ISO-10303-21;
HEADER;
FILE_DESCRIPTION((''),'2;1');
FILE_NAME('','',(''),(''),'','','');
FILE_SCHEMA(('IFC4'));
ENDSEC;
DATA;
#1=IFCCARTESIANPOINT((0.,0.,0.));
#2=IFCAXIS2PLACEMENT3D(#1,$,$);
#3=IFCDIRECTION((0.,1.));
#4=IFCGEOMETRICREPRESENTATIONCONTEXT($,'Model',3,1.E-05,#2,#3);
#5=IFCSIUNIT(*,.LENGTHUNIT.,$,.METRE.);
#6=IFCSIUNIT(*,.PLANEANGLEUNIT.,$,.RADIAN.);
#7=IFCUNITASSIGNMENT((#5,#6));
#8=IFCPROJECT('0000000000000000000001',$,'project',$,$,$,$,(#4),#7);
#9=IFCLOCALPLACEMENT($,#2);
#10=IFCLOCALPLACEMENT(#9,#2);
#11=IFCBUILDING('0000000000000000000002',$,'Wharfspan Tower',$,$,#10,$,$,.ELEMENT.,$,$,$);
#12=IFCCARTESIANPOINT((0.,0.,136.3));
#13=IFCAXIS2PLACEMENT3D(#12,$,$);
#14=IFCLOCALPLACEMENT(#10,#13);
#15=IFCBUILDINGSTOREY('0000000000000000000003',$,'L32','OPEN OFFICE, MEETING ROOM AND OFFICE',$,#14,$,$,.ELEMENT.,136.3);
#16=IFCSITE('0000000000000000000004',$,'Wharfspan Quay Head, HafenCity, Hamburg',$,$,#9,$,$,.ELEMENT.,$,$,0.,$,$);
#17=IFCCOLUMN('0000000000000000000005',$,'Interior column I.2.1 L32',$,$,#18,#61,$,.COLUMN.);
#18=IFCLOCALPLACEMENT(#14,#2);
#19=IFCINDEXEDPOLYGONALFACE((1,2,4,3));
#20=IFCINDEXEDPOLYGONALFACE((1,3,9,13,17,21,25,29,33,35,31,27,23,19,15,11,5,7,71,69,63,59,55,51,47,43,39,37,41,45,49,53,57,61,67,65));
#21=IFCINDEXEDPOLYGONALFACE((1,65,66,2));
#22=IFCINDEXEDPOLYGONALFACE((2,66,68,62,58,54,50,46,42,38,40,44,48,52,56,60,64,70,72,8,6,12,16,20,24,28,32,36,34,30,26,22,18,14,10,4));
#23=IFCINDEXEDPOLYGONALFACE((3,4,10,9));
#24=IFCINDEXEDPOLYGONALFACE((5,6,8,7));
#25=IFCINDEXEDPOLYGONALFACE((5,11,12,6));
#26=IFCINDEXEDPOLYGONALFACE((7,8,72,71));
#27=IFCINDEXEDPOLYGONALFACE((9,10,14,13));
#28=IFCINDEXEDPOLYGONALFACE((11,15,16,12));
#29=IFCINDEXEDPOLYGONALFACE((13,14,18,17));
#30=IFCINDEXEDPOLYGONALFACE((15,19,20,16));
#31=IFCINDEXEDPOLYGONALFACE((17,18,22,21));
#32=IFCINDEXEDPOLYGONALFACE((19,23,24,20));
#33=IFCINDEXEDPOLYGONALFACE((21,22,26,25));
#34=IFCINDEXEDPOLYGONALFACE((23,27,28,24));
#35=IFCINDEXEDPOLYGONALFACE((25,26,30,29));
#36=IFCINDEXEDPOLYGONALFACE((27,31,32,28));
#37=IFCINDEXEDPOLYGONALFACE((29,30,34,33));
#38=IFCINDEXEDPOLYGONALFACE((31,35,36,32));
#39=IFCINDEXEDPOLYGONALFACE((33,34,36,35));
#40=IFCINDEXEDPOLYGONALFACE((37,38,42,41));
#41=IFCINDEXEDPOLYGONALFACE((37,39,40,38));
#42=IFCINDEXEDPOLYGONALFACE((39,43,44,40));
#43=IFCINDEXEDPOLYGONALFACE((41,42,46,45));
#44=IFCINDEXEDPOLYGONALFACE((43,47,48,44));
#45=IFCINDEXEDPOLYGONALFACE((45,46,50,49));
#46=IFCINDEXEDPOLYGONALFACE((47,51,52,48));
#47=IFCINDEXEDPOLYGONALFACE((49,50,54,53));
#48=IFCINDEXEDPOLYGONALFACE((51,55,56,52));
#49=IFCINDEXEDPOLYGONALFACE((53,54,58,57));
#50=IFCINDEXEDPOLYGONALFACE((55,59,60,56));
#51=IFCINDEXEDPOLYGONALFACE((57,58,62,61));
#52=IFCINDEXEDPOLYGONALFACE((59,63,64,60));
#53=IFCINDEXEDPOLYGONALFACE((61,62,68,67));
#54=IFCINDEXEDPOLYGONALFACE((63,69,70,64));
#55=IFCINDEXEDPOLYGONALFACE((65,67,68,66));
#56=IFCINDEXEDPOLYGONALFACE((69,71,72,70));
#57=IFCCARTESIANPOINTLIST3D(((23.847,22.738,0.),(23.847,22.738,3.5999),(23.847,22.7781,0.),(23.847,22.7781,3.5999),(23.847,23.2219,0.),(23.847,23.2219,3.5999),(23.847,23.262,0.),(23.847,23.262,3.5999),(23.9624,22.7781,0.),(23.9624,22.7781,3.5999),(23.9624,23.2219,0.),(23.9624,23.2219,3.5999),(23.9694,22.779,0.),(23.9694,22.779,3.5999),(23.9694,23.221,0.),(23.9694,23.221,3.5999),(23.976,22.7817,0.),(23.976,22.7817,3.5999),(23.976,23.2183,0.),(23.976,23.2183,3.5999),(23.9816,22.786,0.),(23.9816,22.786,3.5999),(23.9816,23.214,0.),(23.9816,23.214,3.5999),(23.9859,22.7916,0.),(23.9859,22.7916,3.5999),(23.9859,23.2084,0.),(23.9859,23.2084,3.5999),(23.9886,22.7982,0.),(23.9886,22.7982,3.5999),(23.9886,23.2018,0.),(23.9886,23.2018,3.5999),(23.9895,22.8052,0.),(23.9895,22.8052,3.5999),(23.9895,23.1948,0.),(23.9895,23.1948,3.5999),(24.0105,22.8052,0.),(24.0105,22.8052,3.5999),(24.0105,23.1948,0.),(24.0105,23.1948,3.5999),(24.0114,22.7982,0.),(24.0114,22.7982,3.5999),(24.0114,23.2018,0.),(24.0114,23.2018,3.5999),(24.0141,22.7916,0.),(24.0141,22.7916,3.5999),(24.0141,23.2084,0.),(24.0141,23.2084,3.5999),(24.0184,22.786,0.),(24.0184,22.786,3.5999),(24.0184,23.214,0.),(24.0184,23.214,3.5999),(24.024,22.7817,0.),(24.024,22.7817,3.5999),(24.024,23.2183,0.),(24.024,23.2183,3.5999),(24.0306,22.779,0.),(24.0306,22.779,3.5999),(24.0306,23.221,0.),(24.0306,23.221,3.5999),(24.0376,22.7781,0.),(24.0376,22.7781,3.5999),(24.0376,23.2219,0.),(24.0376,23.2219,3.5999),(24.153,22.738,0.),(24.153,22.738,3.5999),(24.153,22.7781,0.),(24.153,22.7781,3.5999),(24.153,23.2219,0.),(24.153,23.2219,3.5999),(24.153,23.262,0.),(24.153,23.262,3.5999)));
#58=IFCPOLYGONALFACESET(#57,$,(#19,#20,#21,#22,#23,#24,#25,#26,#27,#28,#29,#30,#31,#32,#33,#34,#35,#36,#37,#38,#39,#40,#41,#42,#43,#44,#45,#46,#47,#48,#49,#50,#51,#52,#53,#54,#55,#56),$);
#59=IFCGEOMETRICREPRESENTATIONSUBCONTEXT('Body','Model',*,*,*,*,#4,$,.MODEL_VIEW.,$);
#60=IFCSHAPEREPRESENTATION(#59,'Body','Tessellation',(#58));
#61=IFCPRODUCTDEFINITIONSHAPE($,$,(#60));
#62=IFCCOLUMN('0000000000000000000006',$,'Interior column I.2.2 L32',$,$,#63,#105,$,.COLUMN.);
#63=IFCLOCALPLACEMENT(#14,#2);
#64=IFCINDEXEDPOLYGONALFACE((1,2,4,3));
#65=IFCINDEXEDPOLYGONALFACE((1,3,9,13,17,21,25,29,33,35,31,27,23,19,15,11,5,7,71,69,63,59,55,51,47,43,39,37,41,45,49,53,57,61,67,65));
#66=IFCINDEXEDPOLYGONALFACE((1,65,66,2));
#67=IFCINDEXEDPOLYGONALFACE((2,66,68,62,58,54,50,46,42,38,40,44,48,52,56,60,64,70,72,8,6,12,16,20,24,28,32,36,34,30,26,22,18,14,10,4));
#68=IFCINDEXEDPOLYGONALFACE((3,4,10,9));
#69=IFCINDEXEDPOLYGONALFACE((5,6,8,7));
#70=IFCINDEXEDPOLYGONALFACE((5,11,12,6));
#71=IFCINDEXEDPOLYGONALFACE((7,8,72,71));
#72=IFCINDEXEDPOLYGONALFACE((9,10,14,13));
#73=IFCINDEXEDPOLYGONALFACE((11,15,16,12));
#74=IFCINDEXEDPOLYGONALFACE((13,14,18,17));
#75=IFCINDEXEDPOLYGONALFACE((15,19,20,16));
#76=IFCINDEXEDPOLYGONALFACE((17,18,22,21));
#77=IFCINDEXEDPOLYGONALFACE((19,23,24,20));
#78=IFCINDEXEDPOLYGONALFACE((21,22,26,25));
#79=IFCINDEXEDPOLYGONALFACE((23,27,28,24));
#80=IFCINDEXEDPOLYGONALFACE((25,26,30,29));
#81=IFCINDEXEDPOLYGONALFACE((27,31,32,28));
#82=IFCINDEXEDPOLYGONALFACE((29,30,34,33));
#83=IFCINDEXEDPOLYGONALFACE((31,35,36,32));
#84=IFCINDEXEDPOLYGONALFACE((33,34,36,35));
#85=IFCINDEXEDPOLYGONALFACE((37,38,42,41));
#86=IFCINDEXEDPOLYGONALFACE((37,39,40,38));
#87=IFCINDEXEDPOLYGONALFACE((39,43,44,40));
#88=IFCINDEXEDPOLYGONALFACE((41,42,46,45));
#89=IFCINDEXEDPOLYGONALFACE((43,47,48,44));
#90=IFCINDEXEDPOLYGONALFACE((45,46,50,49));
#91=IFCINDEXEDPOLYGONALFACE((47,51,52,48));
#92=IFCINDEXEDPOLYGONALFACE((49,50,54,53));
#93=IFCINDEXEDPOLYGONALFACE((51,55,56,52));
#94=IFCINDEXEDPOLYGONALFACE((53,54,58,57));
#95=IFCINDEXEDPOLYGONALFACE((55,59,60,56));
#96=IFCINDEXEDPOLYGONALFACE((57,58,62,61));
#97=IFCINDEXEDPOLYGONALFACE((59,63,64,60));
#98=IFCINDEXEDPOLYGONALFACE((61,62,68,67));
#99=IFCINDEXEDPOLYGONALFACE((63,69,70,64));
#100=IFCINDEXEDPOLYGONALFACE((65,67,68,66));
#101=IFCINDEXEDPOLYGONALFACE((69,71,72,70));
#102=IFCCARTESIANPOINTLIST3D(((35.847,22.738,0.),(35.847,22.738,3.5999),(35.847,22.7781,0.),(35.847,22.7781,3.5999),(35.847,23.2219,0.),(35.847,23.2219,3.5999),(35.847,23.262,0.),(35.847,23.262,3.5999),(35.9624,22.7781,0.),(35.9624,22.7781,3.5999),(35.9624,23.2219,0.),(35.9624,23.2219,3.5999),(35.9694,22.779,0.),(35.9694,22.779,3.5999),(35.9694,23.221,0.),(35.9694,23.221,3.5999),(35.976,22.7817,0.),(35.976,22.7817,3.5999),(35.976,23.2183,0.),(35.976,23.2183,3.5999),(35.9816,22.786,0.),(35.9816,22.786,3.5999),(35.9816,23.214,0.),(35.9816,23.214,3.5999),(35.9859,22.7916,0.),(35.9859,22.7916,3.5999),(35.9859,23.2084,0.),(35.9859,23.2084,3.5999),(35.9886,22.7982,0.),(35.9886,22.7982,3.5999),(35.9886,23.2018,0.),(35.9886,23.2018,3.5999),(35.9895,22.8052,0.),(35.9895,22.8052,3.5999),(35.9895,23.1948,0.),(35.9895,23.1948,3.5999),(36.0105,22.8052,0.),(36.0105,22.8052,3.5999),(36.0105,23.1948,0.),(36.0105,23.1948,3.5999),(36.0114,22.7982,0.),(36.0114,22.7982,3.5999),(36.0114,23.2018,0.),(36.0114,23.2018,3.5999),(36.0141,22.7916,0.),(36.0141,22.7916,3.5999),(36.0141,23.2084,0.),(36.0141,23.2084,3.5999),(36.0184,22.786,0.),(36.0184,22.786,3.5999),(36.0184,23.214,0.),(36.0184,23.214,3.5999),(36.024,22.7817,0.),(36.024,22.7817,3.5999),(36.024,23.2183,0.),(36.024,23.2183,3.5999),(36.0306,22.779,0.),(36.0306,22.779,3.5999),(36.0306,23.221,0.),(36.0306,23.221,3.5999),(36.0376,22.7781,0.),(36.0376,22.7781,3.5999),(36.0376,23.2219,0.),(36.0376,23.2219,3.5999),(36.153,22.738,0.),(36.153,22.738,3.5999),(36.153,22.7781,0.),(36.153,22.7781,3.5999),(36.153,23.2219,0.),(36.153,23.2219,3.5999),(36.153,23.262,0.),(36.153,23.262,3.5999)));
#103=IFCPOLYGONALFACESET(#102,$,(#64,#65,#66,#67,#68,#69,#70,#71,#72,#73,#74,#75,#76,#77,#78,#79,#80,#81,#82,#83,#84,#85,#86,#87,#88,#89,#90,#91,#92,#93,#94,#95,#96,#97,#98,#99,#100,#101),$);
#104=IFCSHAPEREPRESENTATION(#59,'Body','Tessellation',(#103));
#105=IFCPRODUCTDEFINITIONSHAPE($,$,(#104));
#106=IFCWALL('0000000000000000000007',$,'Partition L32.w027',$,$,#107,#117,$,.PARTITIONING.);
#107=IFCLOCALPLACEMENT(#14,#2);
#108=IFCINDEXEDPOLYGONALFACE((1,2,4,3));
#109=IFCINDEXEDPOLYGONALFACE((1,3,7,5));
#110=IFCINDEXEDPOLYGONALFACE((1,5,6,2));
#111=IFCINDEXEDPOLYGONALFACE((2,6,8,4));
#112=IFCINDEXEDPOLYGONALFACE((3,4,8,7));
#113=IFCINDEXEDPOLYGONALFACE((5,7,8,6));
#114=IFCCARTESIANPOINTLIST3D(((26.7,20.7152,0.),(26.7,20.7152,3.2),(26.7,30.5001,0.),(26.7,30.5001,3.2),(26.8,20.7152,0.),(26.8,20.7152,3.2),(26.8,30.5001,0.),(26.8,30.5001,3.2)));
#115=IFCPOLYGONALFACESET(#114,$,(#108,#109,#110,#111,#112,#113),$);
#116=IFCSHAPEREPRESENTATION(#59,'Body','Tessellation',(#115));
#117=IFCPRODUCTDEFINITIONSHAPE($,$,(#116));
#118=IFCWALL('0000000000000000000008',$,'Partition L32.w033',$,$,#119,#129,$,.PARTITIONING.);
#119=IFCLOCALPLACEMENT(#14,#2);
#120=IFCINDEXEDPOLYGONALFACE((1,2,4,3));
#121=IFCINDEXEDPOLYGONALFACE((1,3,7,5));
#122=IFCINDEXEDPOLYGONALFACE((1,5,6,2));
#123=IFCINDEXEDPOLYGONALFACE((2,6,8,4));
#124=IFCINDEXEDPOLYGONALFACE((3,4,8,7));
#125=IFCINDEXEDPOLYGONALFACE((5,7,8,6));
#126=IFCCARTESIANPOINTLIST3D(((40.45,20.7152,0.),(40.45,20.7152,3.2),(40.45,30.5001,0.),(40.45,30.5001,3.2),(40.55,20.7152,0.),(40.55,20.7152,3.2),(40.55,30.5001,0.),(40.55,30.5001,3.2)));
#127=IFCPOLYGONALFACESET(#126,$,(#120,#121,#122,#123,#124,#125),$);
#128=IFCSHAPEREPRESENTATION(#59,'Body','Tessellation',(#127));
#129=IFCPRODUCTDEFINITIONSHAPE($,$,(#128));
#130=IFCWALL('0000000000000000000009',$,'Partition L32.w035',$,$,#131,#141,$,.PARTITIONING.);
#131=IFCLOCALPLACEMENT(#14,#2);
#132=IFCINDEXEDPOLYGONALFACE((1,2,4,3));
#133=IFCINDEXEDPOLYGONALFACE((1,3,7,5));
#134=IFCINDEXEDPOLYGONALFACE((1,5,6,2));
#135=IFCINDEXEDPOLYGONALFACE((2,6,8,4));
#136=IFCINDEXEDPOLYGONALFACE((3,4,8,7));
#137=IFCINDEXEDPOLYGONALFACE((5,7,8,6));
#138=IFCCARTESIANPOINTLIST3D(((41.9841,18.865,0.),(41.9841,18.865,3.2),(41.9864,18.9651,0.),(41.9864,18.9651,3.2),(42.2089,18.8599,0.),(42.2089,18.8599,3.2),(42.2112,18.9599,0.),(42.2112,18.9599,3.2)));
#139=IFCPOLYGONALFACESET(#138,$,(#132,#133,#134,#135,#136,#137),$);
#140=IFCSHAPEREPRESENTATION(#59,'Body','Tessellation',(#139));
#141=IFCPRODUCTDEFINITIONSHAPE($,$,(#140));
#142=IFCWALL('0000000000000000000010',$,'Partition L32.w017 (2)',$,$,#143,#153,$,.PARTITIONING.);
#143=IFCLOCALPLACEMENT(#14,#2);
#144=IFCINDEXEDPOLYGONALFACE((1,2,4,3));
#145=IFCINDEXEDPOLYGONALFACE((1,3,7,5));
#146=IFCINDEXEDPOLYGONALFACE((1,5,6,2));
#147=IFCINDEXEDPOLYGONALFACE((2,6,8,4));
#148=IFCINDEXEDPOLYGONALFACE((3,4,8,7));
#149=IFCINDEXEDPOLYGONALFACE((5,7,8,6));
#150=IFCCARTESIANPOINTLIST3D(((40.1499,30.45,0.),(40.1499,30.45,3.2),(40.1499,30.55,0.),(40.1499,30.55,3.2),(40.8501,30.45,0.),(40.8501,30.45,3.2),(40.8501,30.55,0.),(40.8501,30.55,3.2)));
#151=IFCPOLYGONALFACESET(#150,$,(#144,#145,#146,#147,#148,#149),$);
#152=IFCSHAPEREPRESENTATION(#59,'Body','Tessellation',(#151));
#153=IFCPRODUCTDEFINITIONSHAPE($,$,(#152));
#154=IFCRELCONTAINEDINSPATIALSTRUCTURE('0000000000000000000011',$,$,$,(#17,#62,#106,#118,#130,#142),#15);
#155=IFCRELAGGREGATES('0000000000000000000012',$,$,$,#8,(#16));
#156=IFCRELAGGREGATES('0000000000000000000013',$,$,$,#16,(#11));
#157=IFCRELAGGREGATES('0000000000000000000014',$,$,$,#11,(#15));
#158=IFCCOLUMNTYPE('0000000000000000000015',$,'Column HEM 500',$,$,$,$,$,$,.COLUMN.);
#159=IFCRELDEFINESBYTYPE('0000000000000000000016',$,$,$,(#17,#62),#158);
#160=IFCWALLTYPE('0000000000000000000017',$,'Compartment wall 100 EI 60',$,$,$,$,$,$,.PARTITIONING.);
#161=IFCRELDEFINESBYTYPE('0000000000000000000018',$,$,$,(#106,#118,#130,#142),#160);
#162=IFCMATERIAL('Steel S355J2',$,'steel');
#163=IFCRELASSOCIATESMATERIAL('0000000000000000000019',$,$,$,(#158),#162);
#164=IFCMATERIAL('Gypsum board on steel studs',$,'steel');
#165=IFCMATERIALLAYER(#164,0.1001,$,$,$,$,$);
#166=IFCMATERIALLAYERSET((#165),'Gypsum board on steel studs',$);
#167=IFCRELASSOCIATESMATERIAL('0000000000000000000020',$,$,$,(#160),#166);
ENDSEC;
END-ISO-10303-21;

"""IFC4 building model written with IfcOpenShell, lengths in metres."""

from ifc_helpers import new_model, si_unit, direction, frame, frame_2d, origin, origin_2d, place, context, subcontext, project, spatial, rectangle, i_section, extrude, material, layer, layer_set, material_profile, profile_set, type_object, element, save


model = new_model("IFC4")

# Units and contexts
model_context = context("Model", 3, precision=1e-05, world=origin(), true_north=direction((0.0, 1.0)))
body_context = subcontext(model_context, "Body", "Model", "MODEL_VIEW")
ifc_project = project(units=[si_unit("LENGTHUNIT", "METRE"), si_unit("PLANEANGLEUNIT", "RADIAN")], contexts=[model_context])

# Site, building, storey
site_placement = place(None, origin())
site = spatial("IfcSite", under=ifc_project, at=site_placement, Name="Wharfspan Quay Head, HafenCity, Hamburg", CompositionType="ELEMENT", RefElevation=0.0)
building_placement = place(site_placement, origin())
building = spatial("IfcBuilding", under=site, at=building_placement, Name="Wharfspan Tower", CompositionType="ELEMENT")
storey_placement = place(building_placement, frame((0.0, 0.0, 136.3)))
storey = spatial("IfcBuildingStorey", under=building, at=storey_placement, Name="L32", Description="OPEN OFFICE, MEETING ROOM AND OFFICE", CompositionType="ELEMENT", Elevation=136.3)

# Columns
ifc_material_1 = material(Name="Steel S355J2", Category="steel")
ifc_material_profile = material_profile(ifc_material_1, i_section(OverallWidth=0.3059, OverallDepth=0.5239, WebThickness=0.021, FlangeThickness=0.04, FilletRadius=0.0271, at=origin_2d()))
ifc_profile_set = profile_set([ifc_material_profile], Name="Steel S355J2")
column_type = type_object("IfcColumnType", Name="Column HEM 500", PredefinedType="COLUMN", material=ifc_profile_set)
for number, where, z_axis, x_axis, name in (
    (1, (24.0, 23.0, 0.0), (0.0, 0.0, 1.0), (1.0, 0.0, 0.0), "Interior column I.2.1 L32"),
    (2, (36.0, 23.0, 0.0), (0.0, 0.0, 1.0), (1.0, 0.0, 0.0), "Interior column I.2.2 L32"),
):
    element("IfcColumn", number, at=place(storey_placement, frame(where, z_axis=z_axis, x_axis=x_axis)), inside=storey, type_object=column_type, Name=name, PredefinedType="COLUMN", context=body_context, shape_type="SweptSolid", body=[
        extrude(i_section(OverallWidth=0.3059, OverallDepth=0.5239, WebThickness=0.021, FlangeThickness=0.04, FilletRadius=0.0271, at=origin_2d()), origin(), (0.0, 0.0, 1.0), 3.5999),
    ])

# Walls
ifc_material_2 = material(Name="Gypsum board on steel studs", Category="steel")
ifc_layer_1 = layer(ifc_material_2, 0.1001)
ifc_layer_set_1 = layer_set([ifc_layer_1], Name="Gypsum board on steel studs")
wall_type_1 = type_object("IfcWallType", Name="Compartment wall 100 EI 60", PredefinedType="PARTITIONING", material=ifc_layer_set_1)
for number, where, z_axis, x_axis, name in (
    (3, (26.75, 20.7151, 0.0), (0.0, 0.0, 1.0), (0.0, 1.0, 0.0), "Partition L32.w027"),
    (4, (40.5, 20.7151, 0.0), (0.0, 0.0, 1.0), (0.0, 1.0, 0.0), "Partition L32.w033"),
):
    element("IfcWall", number, at=place(storey_placement, frame(where, z_axis=z_axis, x_axis=x_axis)), inside=storey, type_object=wall_type_1, Name=name, PredefinedType="PARTITIONING", context=body_context, shape_type="SweptSolid", body=[
        extrude(rectangle(XDim=9.7849, YDim=0.1001, at=frame_2d((4.8926, 0.0))), origin(), (0.0, 0.0, 1.0), 3.2),
    ])
wall_1_placement = place(storey_placement, frame((42.21, 18.9099, 0.0), z_axis=(0.0, 0.0, 1.0), x_axis=(-0.999736, 0.022795, 0.0)))
element("IfcWall", 5, at=wall_1_placement, inside=storey, type_object=wall_type_1, Name="Partition L32.w035", PredefinedType="PARTITIONING", context=body_context, shape_type="SweptSolid", body=[
    extrude(rectangle(XDim=0.2249, YDim=0.1001, at=frame_2d((0.1123, 0.0))), origin(), (0.0, 0.0, 1.0), 3.2),
])
wall_2_placement = place(storey_placement, frame((40.1499, 30.5, 0.0), z_axis=(0.0, 0.0, 1.0), x_axis=(1.0, 0.0, 0.0)))
element("IfcWall", 6, at=wall_2_placement, inside=storey, type_object=wall_type_1, Name="Partition L32.w017 (2)", PredefinedType="PARTITIONING", context=body_context, shape_type="SweptSolid", body=[
    extrude(rectangle(XDim=0.7002, YDim=0.1001, at=frame_2d((0.3501, 0.0))), origin(), (0.0, 0.0, 1.0), 3.2),
])

save(model, "model.ifc")
